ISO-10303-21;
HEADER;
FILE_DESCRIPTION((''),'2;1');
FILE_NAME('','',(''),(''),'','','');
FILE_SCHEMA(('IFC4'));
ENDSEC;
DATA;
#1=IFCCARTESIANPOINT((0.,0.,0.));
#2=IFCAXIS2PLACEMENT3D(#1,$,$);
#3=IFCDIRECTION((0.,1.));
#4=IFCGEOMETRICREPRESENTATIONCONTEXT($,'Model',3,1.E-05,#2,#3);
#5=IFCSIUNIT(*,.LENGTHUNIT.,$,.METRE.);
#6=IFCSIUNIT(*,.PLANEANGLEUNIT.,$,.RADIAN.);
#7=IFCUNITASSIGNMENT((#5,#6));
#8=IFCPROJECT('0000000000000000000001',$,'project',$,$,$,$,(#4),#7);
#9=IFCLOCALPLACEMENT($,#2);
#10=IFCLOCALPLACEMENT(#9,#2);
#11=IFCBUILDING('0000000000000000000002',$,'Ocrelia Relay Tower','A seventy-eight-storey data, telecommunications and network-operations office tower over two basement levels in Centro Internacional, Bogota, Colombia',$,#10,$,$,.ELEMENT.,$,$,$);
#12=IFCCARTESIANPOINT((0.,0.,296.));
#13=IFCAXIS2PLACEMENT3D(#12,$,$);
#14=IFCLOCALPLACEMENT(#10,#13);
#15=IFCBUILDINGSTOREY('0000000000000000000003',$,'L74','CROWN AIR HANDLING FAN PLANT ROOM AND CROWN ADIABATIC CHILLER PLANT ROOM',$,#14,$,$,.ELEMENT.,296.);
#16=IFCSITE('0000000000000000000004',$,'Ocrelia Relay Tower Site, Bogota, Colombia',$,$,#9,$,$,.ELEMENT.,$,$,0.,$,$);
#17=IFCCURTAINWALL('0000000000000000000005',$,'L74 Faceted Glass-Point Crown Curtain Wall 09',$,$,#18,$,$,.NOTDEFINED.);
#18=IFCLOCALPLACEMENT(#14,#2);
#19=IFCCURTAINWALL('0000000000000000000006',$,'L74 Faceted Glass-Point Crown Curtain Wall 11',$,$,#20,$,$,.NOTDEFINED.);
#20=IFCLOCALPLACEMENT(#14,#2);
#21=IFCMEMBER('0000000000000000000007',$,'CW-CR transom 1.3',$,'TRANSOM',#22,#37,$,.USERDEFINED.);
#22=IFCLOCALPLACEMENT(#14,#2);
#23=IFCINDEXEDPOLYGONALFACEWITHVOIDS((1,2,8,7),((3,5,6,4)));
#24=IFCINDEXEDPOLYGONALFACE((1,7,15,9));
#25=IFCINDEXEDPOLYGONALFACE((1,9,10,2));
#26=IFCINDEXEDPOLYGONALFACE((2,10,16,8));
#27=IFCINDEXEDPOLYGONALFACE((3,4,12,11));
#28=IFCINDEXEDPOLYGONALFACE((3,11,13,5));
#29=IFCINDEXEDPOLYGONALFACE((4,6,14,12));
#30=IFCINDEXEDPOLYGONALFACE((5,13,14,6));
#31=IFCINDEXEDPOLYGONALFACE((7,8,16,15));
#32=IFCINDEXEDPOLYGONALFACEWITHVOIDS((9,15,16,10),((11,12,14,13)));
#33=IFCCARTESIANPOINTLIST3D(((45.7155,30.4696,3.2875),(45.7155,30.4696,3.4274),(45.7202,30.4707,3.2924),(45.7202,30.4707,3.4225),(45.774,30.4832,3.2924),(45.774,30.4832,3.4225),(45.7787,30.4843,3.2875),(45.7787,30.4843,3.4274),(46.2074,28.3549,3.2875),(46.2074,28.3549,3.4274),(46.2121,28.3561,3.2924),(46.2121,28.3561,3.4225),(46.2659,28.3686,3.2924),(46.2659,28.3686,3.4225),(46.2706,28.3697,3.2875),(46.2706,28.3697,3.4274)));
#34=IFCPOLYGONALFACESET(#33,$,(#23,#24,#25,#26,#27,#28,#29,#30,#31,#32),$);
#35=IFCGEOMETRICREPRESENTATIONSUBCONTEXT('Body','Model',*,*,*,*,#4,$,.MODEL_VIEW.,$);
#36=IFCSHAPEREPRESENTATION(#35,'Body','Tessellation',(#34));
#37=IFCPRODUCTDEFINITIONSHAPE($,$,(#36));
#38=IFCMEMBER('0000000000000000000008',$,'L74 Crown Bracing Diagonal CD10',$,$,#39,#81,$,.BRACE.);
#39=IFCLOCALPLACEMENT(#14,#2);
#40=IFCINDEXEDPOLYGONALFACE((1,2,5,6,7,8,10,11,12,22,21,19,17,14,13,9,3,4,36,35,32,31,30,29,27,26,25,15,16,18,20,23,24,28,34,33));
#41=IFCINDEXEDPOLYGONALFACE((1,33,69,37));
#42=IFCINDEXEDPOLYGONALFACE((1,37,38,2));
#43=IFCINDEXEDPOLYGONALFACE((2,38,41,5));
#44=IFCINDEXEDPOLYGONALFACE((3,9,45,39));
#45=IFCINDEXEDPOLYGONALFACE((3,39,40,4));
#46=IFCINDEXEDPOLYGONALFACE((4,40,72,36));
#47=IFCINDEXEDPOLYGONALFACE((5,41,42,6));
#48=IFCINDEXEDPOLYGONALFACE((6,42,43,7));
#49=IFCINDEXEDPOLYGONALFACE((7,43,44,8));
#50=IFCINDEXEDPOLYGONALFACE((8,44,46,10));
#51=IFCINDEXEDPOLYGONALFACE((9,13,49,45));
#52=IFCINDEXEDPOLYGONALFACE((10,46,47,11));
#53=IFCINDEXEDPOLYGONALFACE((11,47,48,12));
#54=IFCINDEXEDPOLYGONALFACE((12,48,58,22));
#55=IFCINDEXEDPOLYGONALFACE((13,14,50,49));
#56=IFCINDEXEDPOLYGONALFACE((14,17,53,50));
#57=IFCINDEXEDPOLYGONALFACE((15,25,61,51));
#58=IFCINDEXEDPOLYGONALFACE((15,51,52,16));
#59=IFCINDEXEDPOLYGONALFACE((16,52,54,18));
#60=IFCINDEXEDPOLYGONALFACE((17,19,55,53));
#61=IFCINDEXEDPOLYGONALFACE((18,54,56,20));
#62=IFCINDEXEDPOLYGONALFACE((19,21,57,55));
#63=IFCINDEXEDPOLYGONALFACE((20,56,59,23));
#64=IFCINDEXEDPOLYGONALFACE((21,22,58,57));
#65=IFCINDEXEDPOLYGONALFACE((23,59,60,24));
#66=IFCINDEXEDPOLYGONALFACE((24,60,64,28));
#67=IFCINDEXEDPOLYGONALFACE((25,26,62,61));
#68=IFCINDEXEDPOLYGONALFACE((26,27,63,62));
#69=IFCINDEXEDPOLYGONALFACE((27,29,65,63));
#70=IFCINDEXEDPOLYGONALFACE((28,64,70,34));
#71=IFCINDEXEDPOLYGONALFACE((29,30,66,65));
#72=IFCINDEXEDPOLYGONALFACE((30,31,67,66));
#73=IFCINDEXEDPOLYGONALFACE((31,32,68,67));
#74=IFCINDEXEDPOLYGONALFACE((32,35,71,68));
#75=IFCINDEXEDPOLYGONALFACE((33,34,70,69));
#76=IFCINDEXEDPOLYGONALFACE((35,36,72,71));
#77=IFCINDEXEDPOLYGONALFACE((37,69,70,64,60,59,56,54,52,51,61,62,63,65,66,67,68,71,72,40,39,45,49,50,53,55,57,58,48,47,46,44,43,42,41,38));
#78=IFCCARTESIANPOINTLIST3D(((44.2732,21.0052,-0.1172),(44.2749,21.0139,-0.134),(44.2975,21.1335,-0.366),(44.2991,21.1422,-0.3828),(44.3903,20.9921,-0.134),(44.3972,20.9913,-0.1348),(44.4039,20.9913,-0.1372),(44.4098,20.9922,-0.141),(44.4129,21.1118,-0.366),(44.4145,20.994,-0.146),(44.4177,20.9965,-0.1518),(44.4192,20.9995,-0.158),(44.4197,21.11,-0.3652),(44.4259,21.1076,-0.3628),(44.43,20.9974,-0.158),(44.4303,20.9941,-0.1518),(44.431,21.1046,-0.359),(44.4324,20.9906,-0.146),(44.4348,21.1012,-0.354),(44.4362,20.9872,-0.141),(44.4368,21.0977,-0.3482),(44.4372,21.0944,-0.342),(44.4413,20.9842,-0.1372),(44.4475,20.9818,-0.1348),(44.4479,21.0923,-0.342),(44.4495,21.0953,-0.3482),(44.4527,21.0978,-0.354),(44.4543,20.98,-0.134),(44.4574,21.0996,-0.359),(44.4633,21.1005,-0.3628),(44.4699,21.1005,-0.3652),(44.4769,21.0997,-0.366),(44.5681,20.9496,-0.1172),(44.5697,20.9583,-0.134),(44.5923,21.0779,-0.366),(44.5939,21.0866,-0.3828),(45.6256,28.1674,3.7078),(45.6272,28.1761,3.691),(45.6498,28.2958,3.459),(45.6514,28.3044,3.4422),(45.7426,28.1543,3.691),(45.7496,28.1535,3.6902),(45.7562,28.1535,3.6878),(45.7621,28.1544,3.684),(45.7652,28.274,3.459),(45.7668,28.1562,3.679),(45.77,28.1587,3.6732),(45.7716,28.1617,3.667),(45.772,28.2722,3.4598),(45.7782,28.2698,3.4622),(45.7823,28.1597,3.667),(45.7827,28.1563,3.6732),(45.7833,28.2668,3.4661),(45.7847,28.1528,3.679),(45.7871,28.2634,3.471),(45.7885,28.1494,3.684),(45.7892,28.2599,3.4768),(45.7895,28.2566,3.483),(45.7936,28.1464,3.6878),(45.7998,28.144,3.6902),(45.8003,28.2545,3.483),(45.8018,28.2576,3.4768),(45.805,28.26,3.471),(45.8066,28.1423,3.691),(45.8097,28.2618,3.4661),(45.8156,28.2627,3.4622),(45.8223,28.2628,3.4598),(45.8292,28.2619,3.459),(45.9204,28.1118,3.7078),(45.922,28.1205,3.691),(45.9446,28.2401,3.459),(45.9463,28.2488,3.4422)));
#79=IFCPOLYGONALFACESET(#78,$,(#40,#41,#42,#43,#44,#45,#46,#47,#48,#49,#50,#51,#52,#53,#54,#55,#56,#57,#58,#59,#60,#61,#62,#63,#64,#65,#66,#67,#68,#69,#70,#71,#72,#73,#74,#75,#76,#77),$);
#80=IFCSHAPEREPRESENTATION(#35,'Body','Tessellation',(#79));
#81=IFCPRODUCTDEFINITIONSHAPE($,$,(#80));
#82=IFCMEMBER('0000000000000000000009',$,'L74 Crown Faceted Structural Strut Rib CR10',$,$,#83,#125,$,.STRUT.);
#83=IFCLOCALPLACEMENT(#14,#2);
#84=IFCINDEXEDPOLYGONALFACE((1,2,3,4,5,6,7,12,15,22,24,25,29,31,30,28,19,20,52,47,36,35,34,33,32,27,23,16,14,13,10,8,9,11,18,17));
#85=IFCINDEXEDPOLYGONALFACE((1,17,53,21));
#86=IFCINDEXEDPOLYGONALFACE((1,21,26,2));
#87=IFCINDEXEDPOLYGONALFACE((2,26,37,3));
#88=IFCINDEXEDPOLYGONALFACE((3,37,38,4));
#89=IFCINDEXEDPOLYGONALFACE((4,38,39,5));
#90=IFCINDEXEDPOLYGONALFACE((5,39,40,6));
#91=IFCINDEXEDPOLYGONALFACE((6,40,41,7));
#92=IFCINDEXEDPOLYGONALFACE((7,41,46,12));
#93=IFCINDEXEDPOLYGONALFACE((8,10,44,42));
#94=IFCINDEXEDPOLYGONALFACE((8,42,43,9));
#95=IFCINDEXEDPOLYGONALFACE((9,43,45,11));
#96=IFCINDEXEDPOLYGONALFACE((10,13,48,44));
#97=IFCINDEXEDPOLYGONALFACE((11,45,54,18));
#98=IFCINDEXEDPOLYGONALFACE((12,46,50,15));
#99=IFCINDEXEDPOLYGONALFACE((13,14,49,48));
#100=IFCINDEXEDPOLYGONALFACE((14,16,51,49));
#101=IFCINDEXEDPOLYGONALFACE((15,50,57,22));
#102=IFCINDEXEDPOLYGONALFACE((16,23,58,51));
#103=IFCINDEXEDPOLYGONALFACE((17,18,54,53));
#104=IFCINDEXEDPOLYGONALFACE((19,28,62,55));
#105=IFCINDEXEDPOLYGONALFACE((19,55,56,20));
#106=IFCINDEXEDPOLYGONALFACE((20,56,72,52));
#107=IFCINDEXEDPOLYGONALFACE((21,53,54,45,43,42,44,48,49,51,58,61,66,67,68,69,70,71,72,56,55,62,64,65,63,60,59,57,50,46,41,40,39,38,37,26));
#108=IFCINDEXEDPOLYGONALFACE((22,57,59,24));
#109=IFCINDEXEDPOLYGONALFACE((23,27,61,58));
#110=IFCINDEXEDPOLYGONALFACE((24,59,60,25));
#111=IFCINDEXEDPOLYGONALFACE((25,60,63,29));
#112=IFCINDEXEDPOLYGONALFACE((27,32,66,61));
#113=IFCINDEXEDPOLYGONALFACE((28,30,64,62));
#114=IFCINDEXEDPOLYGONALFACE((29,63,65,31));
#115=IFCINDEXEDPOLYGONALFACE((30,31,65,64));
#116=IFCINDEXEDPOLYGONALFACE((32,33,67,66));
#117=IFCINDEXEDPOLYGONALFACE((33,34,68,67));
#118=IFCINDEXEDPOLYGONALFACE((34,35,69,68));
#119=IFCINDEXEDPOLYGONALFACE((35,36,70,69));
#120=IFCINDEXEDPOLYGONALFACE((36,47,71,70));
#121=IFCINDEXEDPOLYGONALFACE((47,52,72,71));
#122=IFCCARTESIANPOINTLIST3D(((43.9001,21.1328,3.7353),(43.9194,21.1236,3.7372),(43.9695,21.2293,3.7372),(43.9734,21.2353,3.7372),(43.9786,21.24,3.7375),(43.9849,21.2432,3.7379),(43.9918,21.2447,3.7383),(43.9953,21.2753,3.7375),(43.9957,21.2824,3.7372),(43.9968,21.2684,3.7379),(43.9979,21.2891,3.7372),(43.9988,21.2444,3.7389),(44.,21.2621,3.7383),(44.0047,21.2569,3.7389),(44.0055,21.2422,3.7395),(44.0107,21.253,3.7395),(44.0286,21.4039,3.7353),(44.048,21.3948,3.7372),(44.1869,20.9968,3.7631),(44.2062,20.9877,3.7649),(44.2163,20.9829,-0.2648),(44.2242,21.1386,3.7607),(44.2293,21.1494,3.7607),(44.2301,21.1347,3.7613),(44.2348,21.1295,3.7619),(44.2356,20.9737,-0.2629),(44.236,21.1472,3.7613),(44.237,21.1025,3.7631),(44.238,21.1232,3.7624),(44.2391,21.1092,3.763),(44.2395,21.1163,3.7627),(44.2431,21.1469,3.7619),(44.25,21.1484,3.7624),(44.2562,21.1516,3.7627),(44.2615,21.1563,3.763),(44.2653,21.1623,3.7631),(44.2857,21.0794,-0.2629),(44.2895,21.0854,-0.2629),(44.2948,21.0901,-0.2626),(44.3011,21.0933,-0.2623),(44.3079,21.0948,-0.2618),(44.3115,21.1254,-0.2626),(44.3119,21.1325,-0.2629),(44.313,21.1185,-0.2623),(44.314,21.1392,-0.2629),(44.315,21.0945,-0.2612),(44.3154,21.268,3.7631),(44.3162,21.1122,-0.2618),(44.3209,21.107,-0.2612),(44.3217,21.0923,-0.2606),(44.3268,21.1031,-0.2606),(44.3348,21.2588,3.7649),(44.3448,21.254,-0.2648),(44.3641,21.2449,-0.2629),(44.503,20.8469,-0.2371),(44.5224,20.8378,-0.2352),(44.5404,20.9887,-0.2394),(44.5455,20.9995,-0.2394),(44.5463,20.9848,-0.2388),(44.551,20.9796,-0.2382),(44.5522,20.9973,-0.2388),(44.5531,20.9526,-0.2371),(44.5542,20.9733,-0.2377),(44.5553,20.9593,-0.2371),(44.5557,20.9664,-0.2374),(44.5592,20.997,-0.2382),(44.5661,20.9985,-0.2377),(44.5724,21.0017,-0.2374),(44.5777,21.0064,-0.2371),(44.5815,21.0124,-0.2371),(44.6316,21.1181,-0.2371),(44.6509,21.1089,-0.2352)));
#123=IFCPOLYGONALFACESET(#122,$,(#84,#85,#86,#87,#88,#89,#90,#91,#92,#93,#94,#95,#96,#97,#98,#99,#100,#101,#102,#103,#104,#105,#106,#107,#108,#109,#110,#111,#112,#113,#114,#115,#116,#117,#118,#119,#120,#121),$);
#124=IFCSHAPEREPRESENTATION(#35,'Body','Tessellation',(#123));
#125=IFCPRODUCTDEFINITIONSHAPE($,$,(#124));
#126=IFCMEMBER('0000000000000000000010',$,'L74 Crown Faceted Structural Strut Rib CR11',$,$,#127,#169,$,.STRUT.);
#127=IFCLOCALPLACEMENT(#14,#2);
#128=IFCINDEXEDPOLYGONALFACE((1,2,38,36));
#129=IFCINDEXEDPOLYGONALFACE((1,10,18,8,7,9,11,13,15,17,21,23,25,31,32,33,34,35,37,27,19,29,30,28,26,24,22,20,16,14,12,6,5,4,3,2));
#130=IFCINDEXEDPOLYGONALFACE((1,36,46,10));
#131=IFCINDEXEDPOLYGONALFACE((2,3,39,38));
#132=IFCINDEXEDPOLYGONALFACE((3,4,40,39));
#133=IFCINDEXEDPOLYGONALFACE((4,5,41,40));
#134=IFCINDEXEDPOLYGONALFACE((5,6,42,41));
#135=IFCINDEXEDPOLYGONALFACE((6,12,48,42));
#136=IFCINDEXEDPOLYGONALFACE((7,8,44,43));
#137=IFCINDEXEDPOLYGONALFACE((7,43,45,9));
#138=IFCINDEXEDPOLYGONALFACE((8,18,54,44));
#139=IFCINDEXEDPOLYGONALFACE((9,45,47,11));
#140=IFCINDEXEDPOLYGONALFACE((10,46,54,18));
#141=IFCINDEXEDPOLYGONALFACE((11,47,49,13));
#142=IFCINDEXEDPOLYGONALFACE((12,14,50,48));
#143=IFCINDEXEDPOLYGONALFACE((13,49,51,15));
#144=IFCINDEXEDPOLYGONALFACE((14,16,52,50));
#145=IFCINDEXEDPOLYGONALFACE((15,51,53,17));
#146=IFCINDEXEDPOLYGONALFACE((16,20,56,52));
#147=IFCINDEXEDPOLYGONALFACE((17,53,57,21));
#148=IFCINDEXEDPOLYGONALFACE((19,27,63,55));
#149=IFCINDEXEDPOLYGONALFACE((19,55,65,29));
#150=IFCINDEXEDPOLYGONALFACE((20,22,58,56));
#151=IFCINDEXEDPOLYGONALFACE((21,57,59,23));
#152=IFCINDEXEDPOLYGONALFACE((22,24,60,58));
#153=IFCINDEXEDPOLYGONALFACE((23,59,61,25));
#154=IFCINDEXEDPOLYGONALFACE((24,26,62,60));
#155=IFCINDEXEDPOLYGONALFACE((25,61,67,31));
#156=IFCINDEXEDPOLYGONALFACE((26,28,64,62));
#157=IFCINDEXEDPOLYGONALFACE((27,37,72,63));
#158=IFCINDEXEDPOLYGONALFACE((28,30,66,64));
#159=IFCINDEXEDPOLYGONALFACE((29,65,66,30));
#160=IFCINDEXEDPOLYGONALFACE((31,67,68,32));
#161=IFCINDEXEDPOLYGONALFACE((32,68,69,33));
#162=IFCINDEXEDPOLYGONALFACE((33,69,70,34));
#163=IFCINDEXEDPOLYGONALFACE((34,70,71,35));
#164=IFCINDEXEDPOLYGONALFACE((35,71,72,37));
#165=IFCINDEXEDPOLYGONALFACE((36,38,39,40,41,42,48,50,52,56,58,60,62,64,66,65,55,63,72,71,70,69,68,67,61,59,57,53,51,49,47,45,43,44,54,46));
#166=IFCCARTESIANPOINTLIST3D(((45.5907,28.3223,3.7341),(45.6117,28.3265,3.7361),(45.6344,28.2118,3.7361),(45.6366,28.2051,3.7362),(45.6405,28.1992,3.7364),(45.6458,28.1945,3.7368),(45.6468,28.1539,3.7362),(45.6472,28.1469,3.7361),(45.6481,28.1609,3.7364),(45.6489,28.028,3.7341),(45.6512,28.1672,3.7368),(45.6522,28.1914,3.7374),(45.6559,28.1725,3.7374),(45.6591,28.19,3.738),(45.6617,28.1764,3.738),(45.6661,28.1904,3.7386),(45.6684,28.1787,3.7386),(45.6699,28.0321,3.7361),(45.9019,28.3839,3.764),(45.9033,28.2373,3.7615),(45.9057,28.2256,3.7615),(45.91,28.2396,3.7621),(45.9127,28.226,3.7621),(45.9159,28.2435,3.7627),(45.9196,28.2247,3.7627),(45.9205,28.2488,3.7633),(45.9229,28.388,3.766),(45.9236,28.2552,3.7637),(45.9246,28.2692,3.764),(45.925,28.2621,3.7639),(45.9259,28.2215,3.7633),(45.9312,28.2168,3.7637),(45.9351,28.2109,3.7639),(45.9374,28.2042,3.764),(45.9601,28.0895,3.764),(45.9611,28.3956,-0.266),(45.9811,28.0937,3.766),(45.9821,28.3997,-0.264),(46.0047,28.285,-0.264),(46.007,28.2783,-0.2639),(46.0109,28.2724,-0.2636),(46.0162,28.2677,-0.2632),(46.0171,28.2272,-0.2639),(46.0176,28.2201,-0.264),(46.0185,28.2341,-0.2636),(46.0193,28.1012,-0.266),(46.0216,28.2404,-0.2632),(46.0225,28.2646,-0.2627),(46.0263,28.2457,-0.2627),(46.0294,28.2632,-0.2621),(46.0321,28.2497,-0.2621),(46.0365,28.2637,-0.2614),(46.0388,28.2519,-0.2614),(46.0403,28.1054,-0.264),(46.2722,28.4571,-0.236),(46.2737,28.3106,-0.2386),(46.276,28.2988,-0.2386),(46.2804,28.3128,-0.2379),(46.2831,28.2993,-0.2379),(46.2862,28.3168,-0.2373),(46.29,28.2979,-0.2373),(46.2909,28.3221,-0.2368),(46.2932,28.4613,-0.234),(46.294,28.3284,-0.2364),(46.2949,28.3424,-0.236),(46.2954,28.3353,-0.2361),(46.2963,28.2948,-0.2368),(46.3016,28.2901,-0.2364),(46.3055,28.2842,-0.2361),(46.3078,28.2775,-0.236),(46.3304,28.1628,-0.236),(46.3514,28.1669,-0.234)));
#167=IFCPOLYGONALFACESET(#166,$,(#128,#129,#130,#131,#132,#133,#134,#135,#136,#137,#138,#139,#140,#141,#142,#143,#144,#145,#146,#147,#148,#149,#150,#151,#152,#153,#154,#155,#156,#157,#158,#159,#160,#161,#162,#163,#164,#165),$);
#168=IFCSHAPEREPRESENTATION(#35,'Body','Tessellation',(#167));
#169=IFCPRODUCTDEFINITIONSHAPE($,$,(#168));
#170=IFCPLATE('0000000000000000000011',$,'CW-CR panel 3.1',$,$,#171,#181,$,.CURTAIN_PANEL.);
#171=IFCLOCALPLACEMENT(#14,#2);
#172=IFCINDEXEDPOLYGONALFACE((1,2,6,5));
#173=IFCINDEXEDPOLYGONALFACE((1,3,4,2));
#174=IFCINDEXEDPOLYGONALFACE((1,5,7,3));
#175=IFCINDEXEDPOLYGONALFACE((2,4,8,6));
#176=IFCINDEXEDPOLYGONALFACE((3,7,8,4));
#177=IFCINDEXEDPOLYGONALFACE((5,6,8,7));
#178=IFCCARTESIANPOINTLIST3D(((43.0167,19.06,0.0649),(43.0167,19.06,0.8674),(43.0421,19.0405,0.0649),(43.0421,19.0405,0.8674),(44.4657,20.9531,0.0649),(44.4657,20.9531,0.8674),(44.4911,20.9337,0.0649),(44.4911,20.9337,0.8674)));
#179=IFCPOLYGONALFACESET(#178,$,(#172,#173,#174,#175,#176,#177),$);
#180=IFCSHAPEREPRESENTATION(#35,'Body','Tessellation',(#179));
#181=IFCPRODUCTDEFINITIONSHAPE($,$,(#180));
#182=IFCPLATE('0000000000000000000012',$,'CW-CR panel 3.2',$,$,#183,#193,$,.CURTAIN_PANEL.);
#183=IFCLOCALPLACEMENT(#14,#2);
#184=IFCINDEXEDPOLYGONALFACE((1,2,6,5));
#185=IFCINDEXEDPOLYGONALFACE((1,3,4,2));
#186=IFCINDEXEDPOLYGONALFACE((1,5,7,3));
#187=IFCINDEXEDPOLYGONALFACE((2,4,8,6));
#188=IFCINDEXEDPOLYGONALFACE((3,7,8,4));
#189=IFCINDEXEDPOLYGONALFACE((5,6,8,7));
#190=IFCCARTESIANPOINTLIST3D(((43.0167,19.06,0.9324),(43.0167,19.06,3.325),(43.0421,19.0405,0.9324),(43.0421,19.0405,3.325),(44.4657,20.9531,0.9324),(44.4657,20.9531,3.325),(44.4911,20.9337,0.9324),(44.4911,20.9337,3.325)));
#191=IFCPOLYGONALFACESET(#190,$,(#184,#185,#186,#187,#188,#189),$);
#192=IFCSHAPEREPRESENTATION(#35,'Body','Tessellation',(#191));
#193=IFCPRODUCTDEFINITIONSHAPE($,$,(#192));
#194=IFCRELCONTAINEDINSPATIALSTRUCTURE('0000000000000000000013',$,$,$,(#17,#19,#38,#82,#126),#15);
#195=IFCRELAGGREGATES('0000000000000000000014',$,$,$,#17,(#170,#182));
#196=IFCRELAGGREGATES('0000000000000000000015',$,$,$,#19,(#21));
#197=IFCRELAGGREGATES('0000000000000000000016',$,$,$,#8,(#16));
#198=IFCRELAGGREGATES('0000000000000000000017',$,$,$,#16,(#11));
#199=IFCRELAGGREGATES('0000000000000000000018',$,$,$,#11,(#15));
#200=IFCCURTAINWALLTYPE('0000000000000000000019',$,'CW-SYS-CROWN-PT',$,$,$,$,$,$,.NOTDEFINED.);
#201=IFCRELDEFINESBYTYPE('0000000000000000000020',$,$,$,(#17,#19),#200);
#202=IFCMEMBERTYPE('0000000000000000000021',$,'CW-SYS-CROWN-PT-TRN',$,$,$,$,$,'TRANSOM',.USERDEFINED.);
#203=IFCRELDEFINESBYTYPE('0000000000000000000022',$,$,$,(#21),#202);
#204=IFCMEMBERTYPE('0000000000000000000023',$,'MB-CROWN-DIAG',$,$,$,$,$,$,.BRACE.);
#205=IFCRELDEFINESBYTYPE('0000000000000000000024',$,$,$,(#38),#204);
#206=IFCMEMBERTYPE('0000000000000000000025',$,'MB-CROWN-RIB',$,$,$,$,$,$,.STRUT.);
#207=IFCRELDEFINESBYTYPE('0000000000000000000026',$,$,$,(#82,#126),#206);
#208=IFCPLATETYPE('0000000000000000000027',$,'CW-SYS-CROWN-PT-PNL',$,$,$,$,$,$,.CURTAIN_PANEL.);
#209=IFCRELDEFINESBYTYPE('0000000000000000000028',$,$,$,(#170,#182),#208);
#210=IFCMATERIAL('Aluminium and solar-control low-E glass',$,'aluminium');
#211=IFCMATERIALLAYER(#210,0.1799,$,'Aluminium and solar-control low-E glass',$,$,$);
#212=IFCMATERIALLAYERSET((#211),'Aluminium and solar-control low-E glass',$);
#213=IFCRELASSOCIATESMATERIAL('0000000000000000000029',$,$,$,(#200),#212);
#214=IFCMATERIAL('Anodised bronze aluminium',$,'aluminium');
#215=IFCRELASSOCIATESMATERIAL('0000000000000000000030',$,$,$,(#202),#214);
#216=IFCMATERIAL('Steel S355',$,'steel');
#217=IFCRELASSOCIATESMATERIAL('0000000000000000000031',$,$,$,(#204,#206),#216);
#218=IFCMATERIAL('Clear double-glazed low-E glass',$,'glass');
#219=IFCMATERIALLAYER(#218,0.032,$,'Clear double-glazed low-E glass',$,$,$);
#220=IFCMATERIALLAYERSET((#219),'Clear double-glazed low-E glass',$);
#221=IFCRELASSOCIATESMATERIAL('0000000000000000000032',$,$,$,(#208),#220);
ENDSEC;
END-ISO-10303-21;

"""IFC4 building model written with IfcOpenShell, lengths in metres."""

from ifc_helpers import new_model, si_unit, direction, frame, origin, origin_2d, place, context, subcontext, project, spatial, rectangle, hollow_rectangle, i_section, extrude, material, layer, layer_set, material_profile, profile_set, type_object, element, aggregate, save


model = new_model("IFC4")

# Units and contexts
model_context = context("Model", 3, precision=1e-05, world=origin(), true_north=direction((0.0, 1.0)))
body_context = subcontext(model_context, "Body", "Model", "MODEL_VIEW")
ifc_project = project(units=[si_unit("LENGTHUNIT", "METRE"), si_unit("PLANEANGLEUNIT", "RADIAN")], contexts=[model_context])

# Site, building, storey
site_placement = place(None, origin())
site = spatial("IfcSite", under=ifc_project, at=site_placement, Name="Ocrelia Relay Tower Site, Bogota, Colombia", CompositionType="ELEMENT", RefElevation=0.0)
building_placement = place(site_placement, origin())
building = spatial("IfcBuilding", under=site, at=building_placement, Name="Ocrelia Relay Tower", Description="A seventy-eight-storey data, telecommunications and network-operations office tower over two basement levels in Centro Internacional, Bogota, Colombia", CompositionType="ELEMENT")
storey_placement = place(building_placement, frame((0.0, 0.0, 296.0)))
storey = spatial("IfcBuildingStorey", under=building, at=storey_placement, Name="L74", Description="CROWN AIR HANDLING FAN PLANT ROOM AND CROWN ADIABATIC CHILLER PLANT ROOM", CompositionType="ELEMENT", Elevation=296.0)

# Shared definitions
ifc_material_1 = material(Name="Steel S355", Category="steel")

# Curtain wall
ifc_material_2 = material(Name="Aluminium and solar-control low-E glass", Category="aluminium")
ifc_layer_1 = layer(ifc_material_2, 0.1799, Name="Aluminium and solar-control low-E glass")
ifc_layer_set_1 = layer_set([ifc_layer_1], Name="Aluminium and solar-control low-E glass")
curtain_wall_type = type_object("IfcCurtainWallType", Name="CW-SYS-CROWN-PT", PredefinedType="NOTDEFINED", material=ifc_layer_set_1)
curtain_wall_1_placement = place(storey_placement, origin())
curtain_wall_1 = element("IfcCurtainWall", 1, at=curtain_wall_1_placement, inside=storey, type_object=curtain_wall_type, Name="L74 Faceted Glass-Point Crown Curtain Wall 09", PredefinedType="NOTDEFINED")
ifc_material_3 = material(Name="Anodised bronze aluminium", Category="aluminium")

# Curtain wall
curtain_wall_2_placement = place(storey_placement, origin())
curtain_wall_2 = element("IfcCurtainWall", 2, at=curtain_wall_2_placement, inside=storey, type_object=curtain_wall_type, Name="L74 Faceted Glass-Point Crown Curtain Wall 11", PredefinedType="NOTDEFINED")

# Member
ifc_material_profile_1 = material_profile(ifc_material_3, hollow_rectangle(XDim=0.0649, YDim=0.1399, WallThickness=0.0049, at=origin_2d()), Name="CW-TRN-140x65")
ifc_profile_set_1 = profile_set([ifc_material_profile_1], Name="Anodised bronze aluminium")
member_type_1 = type_object("IfcMemberType", Name="CW-SYS-CROWN-PT-TRN", ElementType="TRANSOM", PredefinedType="USERDEFINED", material=ifc_profile_set_1)
member_1_placement = place(storey_placement, frame((46.239, 28.3623, 3.3574), z_axis=(-0.226576, 0.973994, 0.0), x_axis=(-0.973994, -0.226576, 0.0)))
member_1 = element("IfcMember", 3, at=member_1_placement, type_object=member_type_1, Name="CW-CR transom 1.3", ObjectType="TRANSOM", PredefinedType="USERDEFINED", context=body_context, shape_type="SweptSolid", body=[
    extrude(hollow_rectangle(XDim=0.0649, YDim=0.1399, WallThickness=0.0049, at=origin_2d()), origin(), (0.0, 0.0, 1.0), 2.1711),
])

# Members
ifc_material_profile_2 = material_profile(ifc_material_1, i_section(OverallWidth=0.3, OverallDepth=0.3, WebThickness=0.011, FlangeThickness=0.019, FilletRadius=0.0271, at=origin_2d()), Name="HEB 300")
ifc_profile_set_2 = profile_set([ifc_material_profile_2], Name="Steel S355")
member_type_2 = type_object("IfcMemberType", Name="MB-CROWN-DIAG", PredefinedType="BRACE", material=ifc_profile_set_2)
member_2_placement = place(storey_placement, frame((44.4336, 21.0459, -0.25), z_axis=(0.164286, 0.870104, 0.464682), x_axis=(-0.982638, 0.185534, 0.0)))
element("IfcMember", 4, at=member_2_placement, inside=storey, type_object=member_type_2, Name="L74 Crown Bracing Diagonal CD10", PredefinedType="BRACE", context=body_context, shape_type="SweptSolid", body=[
    extrude(i_section(OverallWidth=0.3, OverallDepth=0.3, WebThickness=0.011, FlangeThickness=0.019, FilletRadius=0.0271, at=origin_2d()), origin(), (0.0, 0.0, 1.0), 8.2314),
])
ifc_material_profile_3 = material_profile(ifc_material_1, i_section(OverallWidth=0.3, OverallDepth=0.3401, WebThickness=0.012, FlangeThickness=0.0215, FilletRadius=0.0271, at=origin_2d()), Name="HEB 340")
ifc_profile_set_3 = profile_set([ifc_material_profile_3], Name="Steel S355")
member_type_3 = type_object("IfcMemberType", Name="MB-CROWN-RIB", PredefinedType="STRUT", material=ifc_profile_set_3)
member_3_placement = place(storey_placement, frame((44.4336, 21.0459, -0.25), z_axis=(-0.07874, 0.037333, 0.996196), x_axis=(-0.428416, -0.903581, 0.0)))
element("IfcMember", 5, at=member_3_placement, inside=storey, type_object=member_type_3, Name="L74 Crown Faceted Structural Strut Rib CR10", PredefinedType="STRUT", context=body_context, shape_type="SweptSolid", body=[
    extrude(i_section(OverallWidth=0.3, OverallDepth=0.3401, WebThickness=0.012, FlangeThickness=0.0215, FilletRadius=0.0271, at=origin_2d()), origin(), (0.0, 0.0, 1.0), 4.0154),
])
member_4_placement = place(storey_placement, frame((46.1562, 28.2812, -0.25), z_axis=(-0.092181, -0.01823, 0.995575), x_axis=(0.194002, -0.981001, 0.0)))
element("IfcMember", 6, at=member_4_placement, inside=storey, type_object=member_type_3, Name="L74 Crown Faceted Structural Strut Rib CR11", PredefinedType="STRUT", context=body_context, shape_type="SweptSolid", body=[
    extrude(i_section(OverallWidth=0.3, OverallDepth=0.3401, WebThickness=0.012, FlangeThickness=0.0215, FilletRadius=0.0271, at=origin_2d()), origin(), (0.0, 0.0, 1.0), 4.0178),
])

# Plates
ifc_material_4 = material(Name="Clear double-glazed low-E glass", Category="glass")
ifc_layer_2 = layer(ifc_material_4, 0.032, Name="Clear double-glazed low-E glass")
ifc_layer_set_2 = layer_set([ifc_layer_2], Name="Clear double-glazed low-E glass")
plate_type = type_object("IfcPlateType", Name="CW-SYS-CROWN-PT-PNL", PredefinedType="CURTAIN_PANEL", material=ifc_layer_set_2)
plate_1_placement = place(storey_placement, frame((43.7539, 19.9968, 0.0649), z_axis=(0.0, 0.0, 1.0), x_axis=(0.607778, 0.794107, 0.0)))
plate_1 = element("IfcPlate", 7, at=plate_1_placement, type_object=plate_type, Name="CW-CR panel 3.1", PredefinedType="CURTAIN_PANEL", context=body_context, shape_type="SweptSolid", body=[
    extrude(rectangle(XDim=2.384, YDim=0.032, at=origin_2d()), origin(), (0.0, 0.0, 1.0), 0.8025),
])
plate_2_placement = place(storey_placement, frame((43.7539, 19.9968, 0.9324), z_axis=(0.0, 0.0, 1.0), x_axis=(0.607778, 0.794107, 0.0)))
plate_2 = element("IfcPlate", 8, at=plate_2_placement, type_object=plate_type, Name="CW-CR panel 3.2", PredefinedType="CURTAIN_PANEL", context=body_context, shape_type="SweptSolid", body=[
    extrude(rectangle(XDim=2.384, YDim=0.032, at=origin_2d()), origin(), (0.0, 0.0, 1.0), 2.3926),
])
aggregate(curtain_wall_1, [plate_1, plate_2])
aggregate(curtain_wall_2, [member_1])

save(model, "model.ifc")
